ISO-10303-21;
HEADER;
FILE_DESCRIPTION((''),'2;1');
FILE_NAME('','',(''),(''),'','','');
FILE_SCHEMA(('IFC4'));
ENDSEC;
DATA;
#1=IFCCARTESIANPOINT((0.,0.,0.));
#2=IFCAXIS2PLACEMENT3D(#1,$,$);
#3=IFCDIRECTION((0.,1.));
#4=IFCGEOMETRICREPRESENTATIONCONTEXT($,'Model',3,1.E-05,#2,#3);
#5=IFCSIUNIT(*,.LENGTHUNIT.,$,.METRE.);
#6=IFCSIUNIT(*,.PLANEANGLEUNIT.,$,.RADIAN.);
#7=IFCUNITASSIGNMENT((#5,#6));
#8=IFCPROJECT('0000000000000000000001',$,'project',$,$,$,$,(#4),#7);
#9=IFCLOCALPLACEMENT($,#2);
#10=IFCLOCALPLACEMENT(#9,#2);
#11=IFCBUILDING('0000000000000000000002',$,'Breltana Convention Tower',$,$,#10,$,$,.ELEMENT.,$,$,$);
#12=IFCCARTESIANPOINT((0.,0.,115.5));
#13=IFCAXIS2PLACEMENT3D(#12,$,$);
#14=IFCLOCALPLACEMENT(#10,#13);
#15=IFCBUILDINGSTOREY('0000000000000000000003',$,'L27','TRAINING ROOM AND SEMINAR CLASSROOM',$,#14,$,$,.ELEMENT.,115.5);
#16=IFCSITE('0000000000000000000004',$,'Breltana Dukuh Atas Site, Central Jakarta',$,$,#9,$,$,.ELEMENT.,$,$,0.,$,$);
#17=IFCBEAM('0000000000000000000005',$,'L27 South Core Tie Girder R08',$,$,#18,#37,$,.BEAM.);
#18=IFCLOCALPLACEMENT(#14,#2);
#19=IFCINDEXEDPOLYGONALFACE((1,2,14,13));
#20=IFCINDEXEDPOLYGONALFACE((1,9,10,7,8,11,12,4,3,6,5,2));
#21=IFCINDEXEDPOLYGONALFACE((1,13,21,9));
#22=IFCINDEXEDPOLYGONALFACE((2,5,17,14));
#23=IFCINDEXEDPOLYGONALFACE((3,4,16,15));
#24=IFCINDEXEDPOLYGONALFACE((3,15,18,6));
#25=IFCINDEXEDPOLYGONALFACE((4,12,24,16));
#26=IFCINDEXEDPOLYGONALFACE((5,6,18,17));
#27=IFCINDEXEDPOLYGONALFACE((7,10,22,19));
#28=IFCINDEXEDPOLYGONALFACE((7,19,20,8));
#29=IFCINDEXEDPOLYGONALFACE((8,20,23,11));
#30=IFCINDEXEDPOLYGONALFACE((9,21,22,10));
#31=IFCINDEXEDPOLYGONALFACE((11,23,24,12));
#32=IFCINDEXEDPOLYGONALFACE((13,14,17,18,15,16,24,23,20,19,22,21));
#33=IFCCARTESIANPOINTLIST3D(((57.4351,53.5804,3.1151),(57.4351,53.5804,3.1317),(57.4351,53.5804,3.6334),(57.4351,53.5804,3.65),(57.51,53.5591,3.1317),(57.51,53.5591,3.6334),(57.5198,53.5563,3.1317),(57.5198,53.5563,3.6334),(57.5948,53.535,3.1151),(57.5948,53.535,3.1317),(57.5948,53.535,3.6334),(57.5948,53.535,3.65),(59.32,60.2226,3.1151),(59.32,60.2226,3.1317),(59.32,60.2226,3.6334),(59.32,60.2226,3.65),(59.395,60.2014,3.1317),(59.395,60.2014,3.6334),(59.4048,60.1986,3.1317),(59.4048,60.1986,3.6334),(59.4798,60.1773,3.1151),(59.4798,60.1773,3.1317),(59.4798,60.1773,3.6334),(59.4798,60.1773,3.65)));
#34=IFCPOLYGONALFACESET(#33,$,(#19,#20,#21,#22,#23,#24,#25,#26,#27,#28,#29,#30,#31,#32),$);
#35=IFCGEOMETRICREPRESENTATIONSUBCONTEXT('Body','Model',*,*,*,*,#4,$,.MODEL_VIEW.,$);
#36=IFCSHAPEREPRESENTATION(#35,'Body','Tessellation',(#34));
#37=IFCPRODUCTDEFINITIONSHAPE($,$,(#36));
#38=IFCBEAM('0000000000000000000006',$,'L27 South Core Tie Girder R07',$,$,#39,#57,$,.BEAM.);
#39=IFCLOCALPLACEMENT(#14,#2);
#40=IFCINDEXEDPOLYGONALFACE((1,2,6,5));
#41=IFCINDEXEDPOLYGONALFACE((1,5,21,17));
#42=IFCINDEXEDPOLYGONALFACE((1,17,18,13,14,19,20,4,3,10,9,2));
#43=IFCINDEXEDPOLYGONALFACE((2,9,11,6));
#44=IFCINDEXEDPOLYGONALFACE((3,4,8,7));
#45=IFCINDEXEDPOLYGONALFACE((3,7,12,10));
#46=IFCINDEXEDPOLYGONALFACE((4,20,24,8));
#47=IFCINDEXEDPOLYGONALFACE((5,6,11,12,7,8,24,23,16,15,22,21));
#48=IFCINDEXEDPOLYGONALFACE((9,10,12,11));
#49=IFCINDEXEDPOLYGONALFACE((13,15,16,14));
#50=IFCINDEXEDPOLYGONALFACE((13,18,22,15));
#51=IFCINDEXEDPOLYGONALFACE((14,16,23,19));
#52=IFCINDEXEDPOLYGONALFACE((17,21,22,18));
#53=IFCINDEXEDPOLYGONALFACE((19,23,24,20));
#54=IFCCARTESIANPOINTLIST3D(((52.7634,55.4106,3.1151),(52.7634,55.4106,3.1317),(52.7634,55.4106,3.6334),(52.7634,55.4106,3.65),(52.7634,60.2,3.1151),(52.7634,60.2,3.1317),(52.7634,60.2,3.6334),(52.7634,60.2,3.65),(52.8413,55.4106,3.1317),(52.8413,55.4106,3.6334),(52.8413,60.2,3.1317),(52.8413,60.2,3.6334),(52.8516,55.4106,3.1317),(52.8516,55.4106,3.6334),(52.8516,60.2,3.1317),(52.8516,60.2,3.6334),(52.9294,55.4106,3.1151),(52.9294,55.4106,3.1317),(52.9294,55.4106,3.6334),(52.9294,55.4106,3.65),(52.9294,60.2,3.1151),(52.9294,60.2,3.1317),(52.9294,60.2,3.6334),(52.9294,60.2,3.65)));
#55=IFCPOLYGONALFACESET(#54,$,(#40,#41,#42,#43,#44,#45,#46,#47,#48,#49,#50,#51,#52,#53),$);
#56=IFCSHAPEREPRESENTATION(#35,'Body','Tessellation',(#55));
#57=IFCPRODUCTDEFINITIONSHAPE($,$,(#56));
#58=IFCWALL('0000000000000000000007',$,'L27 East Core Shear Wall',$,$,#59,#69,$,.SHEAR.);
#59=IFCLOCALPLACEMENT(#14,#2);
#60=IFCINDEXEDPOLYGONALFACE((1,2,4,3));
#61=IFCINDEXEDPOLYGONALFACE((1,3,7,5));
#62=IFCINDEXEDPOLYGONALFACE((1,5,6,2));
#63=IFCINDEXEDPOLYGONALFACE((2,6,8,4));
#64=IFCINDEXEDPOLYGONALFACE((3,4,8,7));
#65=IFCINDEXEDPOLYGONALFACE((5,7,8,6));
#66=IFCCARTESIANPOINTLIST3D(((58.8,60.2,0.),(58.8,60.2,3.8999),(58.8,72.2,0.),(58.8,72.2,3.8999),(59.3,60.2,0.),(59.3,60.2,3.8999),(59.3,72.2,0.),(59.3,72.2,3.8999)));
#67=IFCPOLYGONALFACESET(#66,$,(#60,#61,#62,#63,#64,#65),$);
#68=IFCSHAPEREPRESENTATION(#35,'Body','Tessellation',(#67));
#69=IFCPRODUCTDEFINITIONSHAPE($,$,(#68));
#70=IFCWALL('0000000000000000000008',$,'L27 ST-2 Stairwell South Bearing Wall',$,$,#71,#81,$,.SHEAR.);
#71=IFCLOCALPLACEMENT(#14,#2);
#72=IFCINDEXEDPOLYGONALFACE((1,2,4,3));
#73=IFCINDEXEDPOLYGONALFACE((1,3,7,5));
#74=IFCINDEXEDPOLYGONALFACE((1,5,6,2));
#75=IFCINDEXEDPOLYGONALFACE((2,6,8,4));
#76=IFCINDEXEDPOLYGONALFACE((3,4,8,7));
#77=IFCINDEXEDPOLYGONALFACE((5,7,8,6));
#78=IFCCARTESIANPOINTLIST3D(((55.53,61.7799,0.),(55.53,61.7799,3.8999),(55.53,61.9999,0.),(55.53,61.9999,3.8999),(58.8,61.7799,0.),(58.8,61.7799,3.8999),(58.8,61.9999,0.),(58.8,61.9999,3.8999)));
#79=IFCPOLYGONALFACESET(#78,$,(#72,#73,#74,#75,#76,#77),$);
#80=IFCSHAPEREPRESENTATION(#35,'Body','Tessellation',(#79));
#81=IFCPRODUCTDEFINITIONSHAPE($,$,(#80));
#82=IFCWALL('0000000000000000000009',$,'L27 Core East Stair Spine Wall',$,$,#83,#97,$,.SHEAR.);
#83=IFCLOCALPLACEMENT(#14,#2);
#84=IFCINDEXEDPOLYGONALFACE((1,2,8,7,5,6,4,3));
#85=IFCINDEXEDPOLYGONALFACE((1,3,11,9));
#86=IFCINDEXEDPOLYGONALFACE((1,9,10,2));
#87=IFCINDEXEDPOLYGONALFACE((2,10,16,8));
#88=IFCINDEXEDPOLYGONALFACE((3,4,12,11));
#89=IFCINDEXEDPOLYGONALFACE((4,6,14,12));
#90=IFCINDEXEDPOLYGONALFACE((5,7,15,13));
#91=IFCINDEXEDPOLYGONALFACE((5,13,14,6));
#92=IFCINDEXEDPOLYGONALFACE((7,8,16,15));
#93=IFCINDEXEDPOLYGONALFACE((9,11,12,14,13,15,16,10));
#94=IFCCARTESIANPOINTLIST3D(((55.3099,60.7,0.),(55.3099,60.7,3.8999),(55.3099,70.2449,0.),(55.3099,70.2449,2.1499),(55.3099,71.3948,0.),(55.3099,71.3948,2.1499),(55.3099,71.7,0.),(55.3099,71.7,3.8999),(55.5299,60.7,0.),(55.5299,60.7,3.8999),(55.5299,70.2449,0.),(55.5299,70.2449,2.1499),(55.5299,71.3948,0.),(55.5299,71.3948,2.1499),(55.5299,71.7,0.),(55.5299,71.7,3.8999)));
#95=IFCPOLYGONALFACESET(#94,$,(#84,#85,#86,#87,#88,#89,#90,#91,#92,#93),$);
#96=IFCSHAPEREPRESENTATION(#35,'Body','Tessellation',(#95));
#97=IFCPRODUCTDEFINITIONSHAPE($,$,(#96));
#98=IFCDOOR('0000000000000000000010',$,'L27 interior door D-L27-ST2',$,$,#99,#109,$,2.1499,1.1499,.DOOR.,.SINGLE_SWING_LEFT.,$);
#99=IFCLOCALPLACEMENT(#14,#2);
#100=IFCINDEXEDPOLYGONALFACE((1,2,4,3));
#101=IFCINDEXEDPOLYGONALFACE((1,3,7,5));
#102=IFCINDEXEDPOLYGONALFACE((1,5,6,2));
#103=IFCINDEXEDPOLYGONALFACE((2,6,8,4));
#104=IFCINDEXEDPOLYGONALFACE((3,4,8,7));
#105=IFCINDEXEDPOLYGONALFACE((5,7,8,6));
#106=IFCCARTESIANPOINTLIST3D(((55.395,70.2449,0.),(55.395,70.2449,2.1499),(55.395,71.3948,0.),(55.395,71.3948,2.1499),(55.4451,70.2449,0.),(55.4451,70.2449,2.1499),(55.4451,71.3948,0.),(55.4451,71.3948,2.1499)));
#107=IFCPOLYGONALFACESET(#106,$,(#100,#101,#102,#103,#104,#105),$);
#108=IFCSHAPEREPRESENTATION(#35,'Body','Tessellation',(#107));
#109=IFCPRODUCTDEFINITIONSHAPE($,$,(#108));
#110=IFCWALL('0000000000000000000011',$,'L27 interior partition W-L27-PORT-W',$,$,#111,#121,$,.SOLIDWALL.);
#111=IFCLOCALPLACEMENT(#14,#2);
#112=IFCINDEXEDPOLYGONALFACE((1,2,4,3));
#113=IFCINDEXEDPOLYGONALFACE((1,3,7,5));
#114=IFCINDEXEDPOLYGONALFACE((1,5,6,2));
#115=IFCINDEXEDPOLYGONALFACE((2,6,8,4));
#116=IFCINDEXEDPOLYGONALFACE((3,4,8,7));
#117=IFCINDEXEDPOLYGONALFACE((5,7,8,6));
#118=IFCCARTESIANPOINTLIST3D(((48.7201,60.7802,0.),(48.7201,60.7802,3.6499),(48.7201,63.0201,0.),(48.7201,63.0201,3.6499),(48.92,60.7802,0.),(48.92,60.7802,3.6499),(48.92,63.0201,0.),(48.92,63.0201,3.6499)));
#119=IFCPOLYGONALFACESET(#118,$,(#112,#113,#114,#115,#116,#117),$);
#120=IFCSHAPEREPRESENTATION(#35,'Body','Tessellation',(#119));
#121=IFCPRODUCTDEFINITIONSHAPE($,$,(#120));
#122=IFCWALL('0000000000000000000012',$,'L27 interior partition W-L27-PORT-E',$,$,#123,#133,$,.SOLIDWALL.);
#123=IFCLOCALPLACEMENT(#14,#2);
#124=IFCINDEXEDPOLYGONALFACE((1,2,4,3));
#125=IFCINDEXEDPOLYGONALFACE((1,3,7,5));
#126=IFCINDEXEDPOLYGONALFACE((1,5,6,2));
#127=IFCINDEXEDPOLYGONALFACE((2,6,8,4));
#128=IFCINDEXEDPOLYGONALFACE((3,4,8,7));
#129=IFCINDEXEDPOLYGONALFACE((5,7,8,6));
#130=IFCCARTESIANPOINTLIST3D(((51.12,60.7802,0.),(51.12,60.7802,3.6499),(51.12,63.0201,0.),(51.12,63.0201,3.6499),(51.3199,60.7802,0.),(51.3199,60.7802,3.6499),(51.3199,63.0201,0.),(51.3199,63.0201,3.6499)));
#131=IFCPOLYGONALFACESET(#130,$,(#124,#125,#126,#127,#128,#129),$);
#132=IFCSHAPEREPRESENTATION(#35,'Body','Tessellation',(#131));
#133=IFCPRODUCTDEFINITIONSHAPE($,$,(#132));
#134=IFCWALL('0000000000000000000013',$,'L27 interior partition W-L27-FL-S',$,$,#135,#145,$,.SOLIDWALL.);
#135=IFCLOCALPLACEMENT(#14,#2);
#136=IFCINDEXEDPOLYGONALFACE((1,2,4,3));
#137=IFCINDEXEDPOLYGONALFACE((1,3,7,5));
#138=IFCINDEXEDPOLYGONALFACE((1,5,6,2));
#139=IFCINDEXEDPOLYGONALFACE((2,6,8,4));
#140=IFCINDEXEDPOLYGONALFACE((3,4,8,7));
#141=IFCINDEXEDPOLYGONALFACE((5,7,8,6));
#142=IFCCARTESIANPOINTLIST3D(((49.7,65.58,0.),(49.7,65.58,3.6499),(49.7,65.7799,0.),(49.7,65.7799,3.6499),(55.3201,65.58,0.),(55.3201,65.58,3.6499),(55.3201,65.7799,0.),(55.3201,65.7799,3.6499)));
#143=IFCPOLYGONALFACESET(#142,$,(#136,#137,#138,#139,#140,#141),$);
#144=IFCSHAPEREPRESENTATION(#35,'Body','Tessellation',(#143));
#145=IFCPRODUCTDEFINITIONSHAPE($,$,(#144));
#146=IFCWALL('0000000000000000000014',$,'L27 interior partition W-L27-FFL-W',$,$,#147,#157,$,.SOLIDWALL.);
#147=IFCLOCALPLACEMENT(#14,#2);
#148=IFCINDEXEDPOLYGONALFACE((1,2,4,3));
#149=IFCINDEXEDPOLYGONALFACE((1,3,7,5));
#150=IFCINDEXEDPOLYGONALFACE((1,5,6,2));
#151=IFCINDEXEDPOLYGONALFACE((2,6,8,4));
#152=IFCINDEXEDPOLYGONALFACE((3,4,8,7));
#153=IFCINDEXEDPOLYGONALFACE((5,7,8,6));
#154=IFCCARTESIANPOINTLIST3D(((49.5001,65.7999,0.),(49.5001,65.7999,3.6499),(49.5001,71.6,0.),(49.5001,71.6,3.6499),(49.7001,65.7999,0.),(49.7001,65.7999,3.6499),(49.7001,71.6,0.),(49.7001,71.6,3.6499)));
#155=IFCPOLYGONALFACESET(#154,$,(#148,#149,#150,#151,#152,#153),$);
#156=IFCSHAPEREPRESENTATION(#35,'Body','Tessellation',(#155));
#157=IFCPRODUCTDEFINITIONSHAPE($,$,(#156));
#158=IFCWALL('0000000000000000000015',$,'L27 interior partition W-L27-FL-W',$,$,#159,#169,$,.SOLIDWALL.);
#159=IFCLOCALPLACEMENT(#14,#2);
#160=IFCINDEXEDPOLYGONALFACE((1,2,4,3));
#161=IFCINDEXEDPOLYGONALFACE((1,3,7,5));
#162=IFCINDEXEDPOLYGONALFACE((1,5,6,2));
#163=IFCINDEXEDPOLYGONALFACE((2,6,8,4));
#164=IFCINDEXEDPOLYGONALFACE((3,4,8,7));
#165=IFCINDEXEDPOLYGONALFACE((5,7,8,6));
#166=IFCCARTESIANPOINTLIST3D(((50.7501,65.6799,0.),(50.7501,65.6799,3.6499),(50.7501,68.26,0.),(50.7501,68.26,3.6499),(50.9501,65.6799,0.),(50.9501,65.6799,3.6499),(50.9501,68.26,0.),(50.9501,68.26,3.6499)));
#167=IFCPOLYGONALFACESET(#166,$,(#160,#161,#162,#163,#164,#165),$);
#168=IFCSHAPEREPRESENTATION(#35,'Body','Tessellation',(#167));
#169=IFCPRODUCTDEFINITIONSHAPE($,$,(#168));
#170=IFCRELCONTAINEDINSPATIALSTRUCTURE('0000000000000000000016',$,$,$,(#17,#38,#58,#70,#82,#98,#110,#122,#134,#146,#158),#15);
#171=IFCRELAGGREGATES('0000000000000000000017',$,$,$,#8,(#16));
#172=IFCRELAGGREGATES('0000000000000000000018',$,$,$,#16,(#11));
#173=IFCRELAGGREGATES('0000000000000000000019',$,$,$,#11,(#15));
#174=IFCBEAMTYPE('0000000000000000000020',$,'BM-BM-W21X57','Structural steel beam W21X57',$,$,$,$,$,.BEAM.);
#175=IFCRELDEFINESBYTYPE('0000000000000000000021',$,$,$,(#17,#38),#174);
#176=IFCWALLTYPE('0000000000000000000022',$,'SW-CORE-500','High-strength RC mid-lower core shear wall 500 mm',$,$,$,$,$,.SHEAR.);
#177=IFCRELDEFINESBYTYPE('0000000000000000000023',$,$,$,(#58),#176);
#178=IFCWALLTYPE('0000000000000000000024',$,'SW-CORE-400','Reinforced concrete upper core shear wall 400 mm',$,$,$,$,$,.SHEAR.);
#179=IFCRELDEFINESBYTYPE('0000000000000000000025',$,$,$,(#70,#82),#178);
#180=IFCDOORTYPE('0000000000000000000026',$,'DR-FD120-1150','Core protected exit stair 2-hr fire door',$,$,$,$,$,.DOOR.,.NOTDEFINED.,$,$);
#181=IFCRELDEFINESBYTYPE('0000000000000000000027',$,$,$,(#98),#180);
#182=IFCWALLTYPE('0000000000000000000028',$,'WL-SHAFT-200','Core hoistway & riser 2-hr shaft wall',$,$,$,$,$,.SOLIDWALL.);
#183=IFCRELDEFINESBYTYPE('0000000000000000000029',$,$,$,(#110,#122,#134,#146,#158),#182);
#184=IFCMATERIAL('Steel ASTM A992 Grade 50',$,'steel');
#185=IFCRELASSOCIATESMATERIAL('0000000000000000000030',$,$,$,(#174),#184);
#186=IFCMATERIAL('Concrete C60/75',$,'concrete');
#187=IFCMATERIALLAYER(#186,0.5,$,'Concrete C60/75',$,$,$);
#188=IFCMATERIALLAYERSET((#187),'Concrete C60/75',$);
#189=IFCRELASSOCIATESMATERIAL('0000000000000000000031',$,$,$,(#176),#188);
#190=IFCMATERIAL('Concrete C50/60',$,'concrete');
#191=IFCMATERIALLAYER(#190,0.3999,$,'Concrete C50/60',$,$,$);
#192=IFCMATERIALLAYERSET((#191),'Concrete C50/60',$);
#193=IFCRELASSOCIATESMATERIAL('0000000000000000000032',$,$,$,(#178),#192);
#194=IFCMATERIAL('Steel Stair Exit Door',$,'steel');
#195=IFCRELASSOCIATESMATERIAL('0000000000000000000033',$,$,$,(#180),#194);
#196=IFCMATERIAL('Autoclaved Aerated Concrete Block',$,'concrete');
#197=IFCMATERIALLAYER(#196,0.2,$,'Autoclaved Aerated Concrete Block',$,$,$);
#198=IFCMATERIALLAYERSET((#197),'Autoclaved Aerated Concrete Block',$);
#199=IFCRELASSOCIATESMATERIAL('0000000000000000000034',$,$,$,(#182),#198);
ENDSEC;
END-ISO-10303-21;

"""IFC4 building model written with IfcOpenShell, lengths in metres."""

from ifc_helpers import new_model, si_unit, direction, frame, frame_2d, origin, origin_2d, place, context, subcontext, project, spatial, rectangle, i_section, extrude, source, transform, mapped, material, layer, layer_set, material_profile, profile_set, type_object, type_shapes, element, fill, save


model = new_model("IFC4")

# Units and contexts
model_context = context("Model", 3, precision=1e-05, world=origin(), true_north=direction((0.0, 1.0)))
body_context = subcontext(model_context, "Body", "Model", "MODEL_VIEW")
ifc_project = project(units=[si_unit("LENGTHUNIT", "METRE"), si_unit("PLANEANGLEUNIT", "RADIAN")], contexts=[model_context])

# Site, building, storey
site_placement = place(None, origin())
site = spatial("IfcSite", under=ifc_project, at=site_placement, Name="Breltana Dukuh Atas Site, Central Jakarta", CompositionType="ELEMENT", RefElevation=0.0)
building_placement = place(site_placement, origin())
building = spatial("IfcBuilding", under=site, at=building_placement, Name="Breltana Convention Tower", CompositionType="ELEMENT")
storey_placement = place(building_placement, frame((0.0, 0.0, 115.5)))
storey = spatial("IfcBuildingStorey", under=building, at=storey_placement, Name="L27", Description="TRAINING ROOM AND SEMINAR CLASSROOM", CompositionType="ELEMENT", Elevation=115.5)

# Beams
ifc_material_1 = material(Name="Steel ASTM A992 Grade 50", Category="steel")
ifc_material_profile = material_profile(ifc_material_1, i_section(OverallWidth=0.166, OverallDepth=0.5349, WebThickness=0.0103, FlangeThickness=0.0166, at=origin_2d()), Name="W21X57")
ifc_profile_set = profile_set([ifc_material_profile], Name="Steel ASTM A992 Grade 50")
beam_type = type_object("IfcBeamType", Name="BM-BM-W21X57", Description="Structural steel beam W21X57", PredefinedType="BEAM", material=ifc_profile_set)
shared_shape_1 = source(origin(), body_context, "Body", "SweptSolid", [
    extrude(i_section(OverallWidth=0.166, OverallDepth=0.5349, WebThickness=0.0103, FlangeThickness=0.0166, at=origin_2d()), origin(), (0.0, 0.0, 1.0), 6.9045),
])
type_shapes(beam_type, [shared_shape_1])
beam_1_placement = place(storey_placement, frame((59.3999, 60.2, 3.3826), z_axis=(-0.273007, -0.962012, 0.0), x_axis=(0.962012, -0.273007, 0.0)))
element("IfcBeam", 1, at=beam_1_placement, inside=storey, type_object=beam_type, Name="L27 South Core Tie Girder R08", PredefinedType="BEAM", context=body_context, shape_type="MappedRepresentation", body=[
    mapped(shared_shape_1, transform((0.0, 0.0, 0.0), scale=1.0)),
])
shared_shape_2 = source(origin(), body_context, "Body", "SweptSolid", [
    extrude(i_section(OverallWidth=0.166, OverallDepth=0.5349, WebThickness=0.0103, FlangeThickness=0.0166, at=origin_2d()), origin(), (0.0, 0.0, 1.0), 4.7893),
])
beam_2_placement = place(storey_placement, frame((52.8464, 60.2, 3.3826), z_axis=(0.0, -1.0, 0.0), x_axis=(1.0, 0.0, 0.0)))
element("IfcBeam", 2, at=beam_2_placement, inside=storey, type_object=beam_type, Name="L27 South Core Tie Girder R07", PredefinedType="BEAM", context=body_context, shape_type="MappedRepresentation", body=[
    mapped(shared_shape_2, transform((0.0, 0.0, 0.0), scale=1.0)),
])

# Walls
ifc_material_2 = material(Name="Concrete C60/75", Category="concrete")
ifc_layer_1 = layer(ifc_material_2, 0.5, Name="Concrete C60/75")
ifc_layer_set_1 = layer_set([ifc_layer_1], Name="Concrete C60/75")
wall_type_1 = type_object("IfcWallType", Name="SW-CORE-500", Description="High-strength RC mid-lower core shear wall 500 mm", PredefinedType="SHEAR", material=ifc_layer_set_1)
shared_shape_3 = source(origin(), body_context, "Body", "SweptSolid", [
    extrude(rectangle(XDim=12.0, YDim=0.5, at=frame_2d((6.0, 0.0))), origin(), (0.0, 0.0, 1.0), 3.8999),
])
wall_1_placement = place(storey_placement, frame((59.05, 60.2, 0.0), z_axis=(0.0, 0.0, 1.0), x_axis=(0.0, 1.0, 0.0)))
element("IfcWall", 3, at=wall_1_placement, inside=storey, type_object=wall_type_1, Name="L27 East Core Shear Wall", PredefinedType="SHEAR", context=body_context, shape_type="MappedRepresentation", body=[
    mapped(shared_shape_3, transform((0.0, 0.0, 0.0), scale=1.0)),
])
ifc_material_3 = material(Name="Concrete C50/60", Category="concrete")
ifc_layer_2 = layer(ifc_material_3, 0.3999, Name="Concrete C50/60")
ifc_layer_set_2 = layer_set([ifc_layer_2], Name="Concrete C50/60")
wall_type_2 = type_object("IfcWallType", Name="SW-CORE-400", Description="Reinforced concrete upper core shear wall 400 mm", PredefinedType="SHEAR", material=ifc_layer_set_2)
shared_shape_4 = source(origin(), body_context, "Body", "SweptSolid", [
    extrude(rectangle(XDim=3.27, YDim=0.22, at=frame_2d((1.635, 0.0))), origin(), (0.0, 0.0, 1.0), 3.8999),
])
wall_2_placement = place(storey_placement, frame((55.53, 61.8899, 0.0), z_axis=(0.0, 0.0, 1.0), x_axis=(1.0, 0.0, 0.0)))
element("IfcWall", 4, at=wall_2_placement, inside=storey, type_object=wall_type_2, Name="L27 ST-2 Stairwell South Bearing Wall", PredefinedType="SHEAR", context=body_context, shape_type="MappedRepresentation", body=[
    mapped(shared_shape_4, transform((0.0, 0.0, 0.0), scale=1.0)),
])

# Wall, opening, door
shared_shape_5 = source(origin(), body_context, "Body", "SweptSolid", [
    extrude(rectangle(XDim=11.0, YDim=0.22, at=frame_2d((5.5, 0.0))), origin(), (0.0, 0.0, 1.0), 3.8999),
])
wall_3_placement = place(storey_placement, frame((55.4199, 60.7, 0.0), z_axis=(0.0, 0.0, 1.0), x_axis=(0.0, 1.0, 0.0)))
wall_3 = element("IfcWall", 5, at=wall_3_placement, inside=storey, type_object=wall_type_2, Name="L27 Core East Stair Spine Wall", PredefinedType="SHEAR", context=body_context, shape_type="MappedRepresentation", body=[
    mapped(shared_shape_5, transform((0.0, 0.0, 0.0), scale=1.0)),
])
opening_1_placement = place(wall_3_placement, frame((9.5449, 0.0, 0.0)))
opening_1 = element("IfcOpeningElement", 6, at=opening_1_placement, cuts=wall_3, PredefinedType="OPENING", context=body_context, shape_type="SweptSolid", body=[
    extrude(rectangle(XDim=1.1499, YDim=2.1499, at=frame_2d((0.575, 1.075))), frame((0.0, 0.1201, 0.0), z_axis=(0.0, -1.0, 0.0), x_axis=(1.0, 0.0, 0.0)), (0.0, 0.0, 1.0), 0.24),
])
ifc_material_4 = material(Name="Steel Stair Exit Door", Category="steel")
door_type_1 = type_object("IfcDoorType", Name="DR-FD120-1150", Description="Core protected exit stair 2-hr fire door", OperationType="NOTDEFINED", PredefinedType="DOOR", material=ifc_material_4)
shared_shape_6 = source(origin(), body_context, "Body", "SweptSolid", [
    extrude(rectangle(XDim=1.1499, YDim=2.1499, at=frame_2d((0.575, 1.075))), frame((0.0, 0.0249, 0.0), z_axis=(0.0, -1.0, 0.0), x_axis=(1.0, 0.0, 0.0)), (0.0, 0.0, 1.0), 0.05),
])
type_shapes(door_type_1, [shared_shape_6])
door_1_placement = place(opening_1_placement, origin())
door_1 = element("IfcDoor", 7, at=door_1_placement, inside=storey, type_object=door_type_1, Name="L27 interior door D-L27-ST2", OperationType="SINGLE_SWING_LEFT", OverallHeight=2.1499, OverallWidth=1.1499, PredefinedType="DOOR", context=body_context, shape_type="MappedRepresentation", body=[
    mapped(shared_shape_6, transform((0.0, 0.0, 0.0), scale=1.0)),
])
fill(opening_1, door_1)

# Walls
ifc_material_5 = material(Name="Autoclaved Aerated Concrete Block", Category="concrete")
ifc_layer_3 = layer(ifc_material_5, 0.2, Name="Autoclaved Aerated Concrete Block")
ifc_layer_set_3 = layer_set([ifc_layer_3], Name="Autoclaved Aerated Concrete Block")
wall_type_3 = type_object("IfcWallType", Name="WL-SHAFT-200", Description="Core hoistway & riser 2-hr shaft wall", PredefinedType="SOLIDWALL", material=ifc_layer_set_3)
shared_shape_7 = source(origin(), body_context, "Body", "SweptSolid", [
    extrude(rectangle(XDim=2.24, YDim=0.2, at=frame_2d((1.1201, 0.0))), origin(), (0.0, 0.0, 1.0), 3.6499),
])
for number, where, z_axis, x_axis, name in (
    (8, (48.8201, 60.78, 0.0), (0.0, 0.0, 1.0), (0.0, 1.0, 0.0), "L27 interior partition W-L27-PORT-W"),
    (9, (51.22, 60.78, 0.0), (0.0, 0.0, 1.0), (0.0, 1.0, 0.0), "L27 interior partition W-L27-PORT-E"),
):
    element("IfcWall", number, at=place(storey_placement, frame(where, z_axis=z_axis, x_axis=x_axis)), inside=storey, type_object=wall_type_3, Name=name, PredefinedType="SOLIDWALL", context=body_context, shape_type="MappedRepresentation", body=[
        mapped(shared_shape_7, transform((0.0, 0.0, 0.0), scale=1.0)),
    ])
shared_shape_8 = source(origin(), body_context, "Body", "SweptSolid", [
    extrude(rectangle(XDim=5.6201, YDim=0.2, at=frame_2d((2.8101, 0.0))), origin(), (0.0, 0.0, 1.0), 3.6499),
])
wall_4_placement = place(storey_placement, frame((49.7, 65.6799, 0.0), z_axis=(0.0, 0.0, 1.0), x_axis=(1.0, 0.0, 0.0)))
element("IfcWall", 10, at=wall_4_placement, inside=storey, type_object=wall_type_3, Name="L27 interior partition W-L27-FL-S", PredefinedType="SOLIDWALL", context=body_context, shape_type="MappedRepresentation", body=[
    mapped(shared_shape_8, transform((0.0, 0.0, 0.0), scale=1.0)),
])
shared_shape_9 = source(origin(), body_context, "Body", "SweptSolid", [
    extrude(rectangle(XDim=5.8, YDim=0.2, at=frame_2d((2.8999, 0.0))), origin(), (0.0, 0.0, 1.0), 3.6499),
])
wall_5_placement = place(storey_placement, frame((49.6001, 65.8, 0.0), z_axis=(0.0, 0.0, 1.0), x_axis=(0.0, 1.0, 0.0)))
element("IfcWall", 11, at=wall_5_placement, inside=storey, type_object=wall_type_3, Name="L27 interior partition W-L27-FFL-W", PredefinedType="SOLIDWALL", context=body_context, shape_type="MappedRepresentation", body=[
    mapped(shared_shape_9, transform((0.0, 0.0, 0.0), scale=1.0)),
])
shared_shape_10 = source(origin(), body_context, "Body", "SweptSolid", [
    extrude(rectangle(XDim=2.5801, YDim=0.2, at=frame_2d((1.29, 0.0))), origin(), (0.0, 0.0, 1.0), 3.6499),
])
wall_6_placement = place(storey_placement, frame((50.8501, 65.6799, 0.0), z_axis=(0.0, 0.0, 1.0), x_axis=(0.0, 1.0, 0.0)))
element("IfcWall", 12, at=wall_6_placement, inside=storey, type_object=wall_type_3, Name="L27 interior partition W-L27-FL-W", PredefinedType="SOLIDWALL", context=body_context, shape_type="MappedRepresentation", body=[
    mapped(shared_shape_10, transform((0.0, 0.0, 0.0), scale=1.0)),
])

save(model, "model.ifc")
